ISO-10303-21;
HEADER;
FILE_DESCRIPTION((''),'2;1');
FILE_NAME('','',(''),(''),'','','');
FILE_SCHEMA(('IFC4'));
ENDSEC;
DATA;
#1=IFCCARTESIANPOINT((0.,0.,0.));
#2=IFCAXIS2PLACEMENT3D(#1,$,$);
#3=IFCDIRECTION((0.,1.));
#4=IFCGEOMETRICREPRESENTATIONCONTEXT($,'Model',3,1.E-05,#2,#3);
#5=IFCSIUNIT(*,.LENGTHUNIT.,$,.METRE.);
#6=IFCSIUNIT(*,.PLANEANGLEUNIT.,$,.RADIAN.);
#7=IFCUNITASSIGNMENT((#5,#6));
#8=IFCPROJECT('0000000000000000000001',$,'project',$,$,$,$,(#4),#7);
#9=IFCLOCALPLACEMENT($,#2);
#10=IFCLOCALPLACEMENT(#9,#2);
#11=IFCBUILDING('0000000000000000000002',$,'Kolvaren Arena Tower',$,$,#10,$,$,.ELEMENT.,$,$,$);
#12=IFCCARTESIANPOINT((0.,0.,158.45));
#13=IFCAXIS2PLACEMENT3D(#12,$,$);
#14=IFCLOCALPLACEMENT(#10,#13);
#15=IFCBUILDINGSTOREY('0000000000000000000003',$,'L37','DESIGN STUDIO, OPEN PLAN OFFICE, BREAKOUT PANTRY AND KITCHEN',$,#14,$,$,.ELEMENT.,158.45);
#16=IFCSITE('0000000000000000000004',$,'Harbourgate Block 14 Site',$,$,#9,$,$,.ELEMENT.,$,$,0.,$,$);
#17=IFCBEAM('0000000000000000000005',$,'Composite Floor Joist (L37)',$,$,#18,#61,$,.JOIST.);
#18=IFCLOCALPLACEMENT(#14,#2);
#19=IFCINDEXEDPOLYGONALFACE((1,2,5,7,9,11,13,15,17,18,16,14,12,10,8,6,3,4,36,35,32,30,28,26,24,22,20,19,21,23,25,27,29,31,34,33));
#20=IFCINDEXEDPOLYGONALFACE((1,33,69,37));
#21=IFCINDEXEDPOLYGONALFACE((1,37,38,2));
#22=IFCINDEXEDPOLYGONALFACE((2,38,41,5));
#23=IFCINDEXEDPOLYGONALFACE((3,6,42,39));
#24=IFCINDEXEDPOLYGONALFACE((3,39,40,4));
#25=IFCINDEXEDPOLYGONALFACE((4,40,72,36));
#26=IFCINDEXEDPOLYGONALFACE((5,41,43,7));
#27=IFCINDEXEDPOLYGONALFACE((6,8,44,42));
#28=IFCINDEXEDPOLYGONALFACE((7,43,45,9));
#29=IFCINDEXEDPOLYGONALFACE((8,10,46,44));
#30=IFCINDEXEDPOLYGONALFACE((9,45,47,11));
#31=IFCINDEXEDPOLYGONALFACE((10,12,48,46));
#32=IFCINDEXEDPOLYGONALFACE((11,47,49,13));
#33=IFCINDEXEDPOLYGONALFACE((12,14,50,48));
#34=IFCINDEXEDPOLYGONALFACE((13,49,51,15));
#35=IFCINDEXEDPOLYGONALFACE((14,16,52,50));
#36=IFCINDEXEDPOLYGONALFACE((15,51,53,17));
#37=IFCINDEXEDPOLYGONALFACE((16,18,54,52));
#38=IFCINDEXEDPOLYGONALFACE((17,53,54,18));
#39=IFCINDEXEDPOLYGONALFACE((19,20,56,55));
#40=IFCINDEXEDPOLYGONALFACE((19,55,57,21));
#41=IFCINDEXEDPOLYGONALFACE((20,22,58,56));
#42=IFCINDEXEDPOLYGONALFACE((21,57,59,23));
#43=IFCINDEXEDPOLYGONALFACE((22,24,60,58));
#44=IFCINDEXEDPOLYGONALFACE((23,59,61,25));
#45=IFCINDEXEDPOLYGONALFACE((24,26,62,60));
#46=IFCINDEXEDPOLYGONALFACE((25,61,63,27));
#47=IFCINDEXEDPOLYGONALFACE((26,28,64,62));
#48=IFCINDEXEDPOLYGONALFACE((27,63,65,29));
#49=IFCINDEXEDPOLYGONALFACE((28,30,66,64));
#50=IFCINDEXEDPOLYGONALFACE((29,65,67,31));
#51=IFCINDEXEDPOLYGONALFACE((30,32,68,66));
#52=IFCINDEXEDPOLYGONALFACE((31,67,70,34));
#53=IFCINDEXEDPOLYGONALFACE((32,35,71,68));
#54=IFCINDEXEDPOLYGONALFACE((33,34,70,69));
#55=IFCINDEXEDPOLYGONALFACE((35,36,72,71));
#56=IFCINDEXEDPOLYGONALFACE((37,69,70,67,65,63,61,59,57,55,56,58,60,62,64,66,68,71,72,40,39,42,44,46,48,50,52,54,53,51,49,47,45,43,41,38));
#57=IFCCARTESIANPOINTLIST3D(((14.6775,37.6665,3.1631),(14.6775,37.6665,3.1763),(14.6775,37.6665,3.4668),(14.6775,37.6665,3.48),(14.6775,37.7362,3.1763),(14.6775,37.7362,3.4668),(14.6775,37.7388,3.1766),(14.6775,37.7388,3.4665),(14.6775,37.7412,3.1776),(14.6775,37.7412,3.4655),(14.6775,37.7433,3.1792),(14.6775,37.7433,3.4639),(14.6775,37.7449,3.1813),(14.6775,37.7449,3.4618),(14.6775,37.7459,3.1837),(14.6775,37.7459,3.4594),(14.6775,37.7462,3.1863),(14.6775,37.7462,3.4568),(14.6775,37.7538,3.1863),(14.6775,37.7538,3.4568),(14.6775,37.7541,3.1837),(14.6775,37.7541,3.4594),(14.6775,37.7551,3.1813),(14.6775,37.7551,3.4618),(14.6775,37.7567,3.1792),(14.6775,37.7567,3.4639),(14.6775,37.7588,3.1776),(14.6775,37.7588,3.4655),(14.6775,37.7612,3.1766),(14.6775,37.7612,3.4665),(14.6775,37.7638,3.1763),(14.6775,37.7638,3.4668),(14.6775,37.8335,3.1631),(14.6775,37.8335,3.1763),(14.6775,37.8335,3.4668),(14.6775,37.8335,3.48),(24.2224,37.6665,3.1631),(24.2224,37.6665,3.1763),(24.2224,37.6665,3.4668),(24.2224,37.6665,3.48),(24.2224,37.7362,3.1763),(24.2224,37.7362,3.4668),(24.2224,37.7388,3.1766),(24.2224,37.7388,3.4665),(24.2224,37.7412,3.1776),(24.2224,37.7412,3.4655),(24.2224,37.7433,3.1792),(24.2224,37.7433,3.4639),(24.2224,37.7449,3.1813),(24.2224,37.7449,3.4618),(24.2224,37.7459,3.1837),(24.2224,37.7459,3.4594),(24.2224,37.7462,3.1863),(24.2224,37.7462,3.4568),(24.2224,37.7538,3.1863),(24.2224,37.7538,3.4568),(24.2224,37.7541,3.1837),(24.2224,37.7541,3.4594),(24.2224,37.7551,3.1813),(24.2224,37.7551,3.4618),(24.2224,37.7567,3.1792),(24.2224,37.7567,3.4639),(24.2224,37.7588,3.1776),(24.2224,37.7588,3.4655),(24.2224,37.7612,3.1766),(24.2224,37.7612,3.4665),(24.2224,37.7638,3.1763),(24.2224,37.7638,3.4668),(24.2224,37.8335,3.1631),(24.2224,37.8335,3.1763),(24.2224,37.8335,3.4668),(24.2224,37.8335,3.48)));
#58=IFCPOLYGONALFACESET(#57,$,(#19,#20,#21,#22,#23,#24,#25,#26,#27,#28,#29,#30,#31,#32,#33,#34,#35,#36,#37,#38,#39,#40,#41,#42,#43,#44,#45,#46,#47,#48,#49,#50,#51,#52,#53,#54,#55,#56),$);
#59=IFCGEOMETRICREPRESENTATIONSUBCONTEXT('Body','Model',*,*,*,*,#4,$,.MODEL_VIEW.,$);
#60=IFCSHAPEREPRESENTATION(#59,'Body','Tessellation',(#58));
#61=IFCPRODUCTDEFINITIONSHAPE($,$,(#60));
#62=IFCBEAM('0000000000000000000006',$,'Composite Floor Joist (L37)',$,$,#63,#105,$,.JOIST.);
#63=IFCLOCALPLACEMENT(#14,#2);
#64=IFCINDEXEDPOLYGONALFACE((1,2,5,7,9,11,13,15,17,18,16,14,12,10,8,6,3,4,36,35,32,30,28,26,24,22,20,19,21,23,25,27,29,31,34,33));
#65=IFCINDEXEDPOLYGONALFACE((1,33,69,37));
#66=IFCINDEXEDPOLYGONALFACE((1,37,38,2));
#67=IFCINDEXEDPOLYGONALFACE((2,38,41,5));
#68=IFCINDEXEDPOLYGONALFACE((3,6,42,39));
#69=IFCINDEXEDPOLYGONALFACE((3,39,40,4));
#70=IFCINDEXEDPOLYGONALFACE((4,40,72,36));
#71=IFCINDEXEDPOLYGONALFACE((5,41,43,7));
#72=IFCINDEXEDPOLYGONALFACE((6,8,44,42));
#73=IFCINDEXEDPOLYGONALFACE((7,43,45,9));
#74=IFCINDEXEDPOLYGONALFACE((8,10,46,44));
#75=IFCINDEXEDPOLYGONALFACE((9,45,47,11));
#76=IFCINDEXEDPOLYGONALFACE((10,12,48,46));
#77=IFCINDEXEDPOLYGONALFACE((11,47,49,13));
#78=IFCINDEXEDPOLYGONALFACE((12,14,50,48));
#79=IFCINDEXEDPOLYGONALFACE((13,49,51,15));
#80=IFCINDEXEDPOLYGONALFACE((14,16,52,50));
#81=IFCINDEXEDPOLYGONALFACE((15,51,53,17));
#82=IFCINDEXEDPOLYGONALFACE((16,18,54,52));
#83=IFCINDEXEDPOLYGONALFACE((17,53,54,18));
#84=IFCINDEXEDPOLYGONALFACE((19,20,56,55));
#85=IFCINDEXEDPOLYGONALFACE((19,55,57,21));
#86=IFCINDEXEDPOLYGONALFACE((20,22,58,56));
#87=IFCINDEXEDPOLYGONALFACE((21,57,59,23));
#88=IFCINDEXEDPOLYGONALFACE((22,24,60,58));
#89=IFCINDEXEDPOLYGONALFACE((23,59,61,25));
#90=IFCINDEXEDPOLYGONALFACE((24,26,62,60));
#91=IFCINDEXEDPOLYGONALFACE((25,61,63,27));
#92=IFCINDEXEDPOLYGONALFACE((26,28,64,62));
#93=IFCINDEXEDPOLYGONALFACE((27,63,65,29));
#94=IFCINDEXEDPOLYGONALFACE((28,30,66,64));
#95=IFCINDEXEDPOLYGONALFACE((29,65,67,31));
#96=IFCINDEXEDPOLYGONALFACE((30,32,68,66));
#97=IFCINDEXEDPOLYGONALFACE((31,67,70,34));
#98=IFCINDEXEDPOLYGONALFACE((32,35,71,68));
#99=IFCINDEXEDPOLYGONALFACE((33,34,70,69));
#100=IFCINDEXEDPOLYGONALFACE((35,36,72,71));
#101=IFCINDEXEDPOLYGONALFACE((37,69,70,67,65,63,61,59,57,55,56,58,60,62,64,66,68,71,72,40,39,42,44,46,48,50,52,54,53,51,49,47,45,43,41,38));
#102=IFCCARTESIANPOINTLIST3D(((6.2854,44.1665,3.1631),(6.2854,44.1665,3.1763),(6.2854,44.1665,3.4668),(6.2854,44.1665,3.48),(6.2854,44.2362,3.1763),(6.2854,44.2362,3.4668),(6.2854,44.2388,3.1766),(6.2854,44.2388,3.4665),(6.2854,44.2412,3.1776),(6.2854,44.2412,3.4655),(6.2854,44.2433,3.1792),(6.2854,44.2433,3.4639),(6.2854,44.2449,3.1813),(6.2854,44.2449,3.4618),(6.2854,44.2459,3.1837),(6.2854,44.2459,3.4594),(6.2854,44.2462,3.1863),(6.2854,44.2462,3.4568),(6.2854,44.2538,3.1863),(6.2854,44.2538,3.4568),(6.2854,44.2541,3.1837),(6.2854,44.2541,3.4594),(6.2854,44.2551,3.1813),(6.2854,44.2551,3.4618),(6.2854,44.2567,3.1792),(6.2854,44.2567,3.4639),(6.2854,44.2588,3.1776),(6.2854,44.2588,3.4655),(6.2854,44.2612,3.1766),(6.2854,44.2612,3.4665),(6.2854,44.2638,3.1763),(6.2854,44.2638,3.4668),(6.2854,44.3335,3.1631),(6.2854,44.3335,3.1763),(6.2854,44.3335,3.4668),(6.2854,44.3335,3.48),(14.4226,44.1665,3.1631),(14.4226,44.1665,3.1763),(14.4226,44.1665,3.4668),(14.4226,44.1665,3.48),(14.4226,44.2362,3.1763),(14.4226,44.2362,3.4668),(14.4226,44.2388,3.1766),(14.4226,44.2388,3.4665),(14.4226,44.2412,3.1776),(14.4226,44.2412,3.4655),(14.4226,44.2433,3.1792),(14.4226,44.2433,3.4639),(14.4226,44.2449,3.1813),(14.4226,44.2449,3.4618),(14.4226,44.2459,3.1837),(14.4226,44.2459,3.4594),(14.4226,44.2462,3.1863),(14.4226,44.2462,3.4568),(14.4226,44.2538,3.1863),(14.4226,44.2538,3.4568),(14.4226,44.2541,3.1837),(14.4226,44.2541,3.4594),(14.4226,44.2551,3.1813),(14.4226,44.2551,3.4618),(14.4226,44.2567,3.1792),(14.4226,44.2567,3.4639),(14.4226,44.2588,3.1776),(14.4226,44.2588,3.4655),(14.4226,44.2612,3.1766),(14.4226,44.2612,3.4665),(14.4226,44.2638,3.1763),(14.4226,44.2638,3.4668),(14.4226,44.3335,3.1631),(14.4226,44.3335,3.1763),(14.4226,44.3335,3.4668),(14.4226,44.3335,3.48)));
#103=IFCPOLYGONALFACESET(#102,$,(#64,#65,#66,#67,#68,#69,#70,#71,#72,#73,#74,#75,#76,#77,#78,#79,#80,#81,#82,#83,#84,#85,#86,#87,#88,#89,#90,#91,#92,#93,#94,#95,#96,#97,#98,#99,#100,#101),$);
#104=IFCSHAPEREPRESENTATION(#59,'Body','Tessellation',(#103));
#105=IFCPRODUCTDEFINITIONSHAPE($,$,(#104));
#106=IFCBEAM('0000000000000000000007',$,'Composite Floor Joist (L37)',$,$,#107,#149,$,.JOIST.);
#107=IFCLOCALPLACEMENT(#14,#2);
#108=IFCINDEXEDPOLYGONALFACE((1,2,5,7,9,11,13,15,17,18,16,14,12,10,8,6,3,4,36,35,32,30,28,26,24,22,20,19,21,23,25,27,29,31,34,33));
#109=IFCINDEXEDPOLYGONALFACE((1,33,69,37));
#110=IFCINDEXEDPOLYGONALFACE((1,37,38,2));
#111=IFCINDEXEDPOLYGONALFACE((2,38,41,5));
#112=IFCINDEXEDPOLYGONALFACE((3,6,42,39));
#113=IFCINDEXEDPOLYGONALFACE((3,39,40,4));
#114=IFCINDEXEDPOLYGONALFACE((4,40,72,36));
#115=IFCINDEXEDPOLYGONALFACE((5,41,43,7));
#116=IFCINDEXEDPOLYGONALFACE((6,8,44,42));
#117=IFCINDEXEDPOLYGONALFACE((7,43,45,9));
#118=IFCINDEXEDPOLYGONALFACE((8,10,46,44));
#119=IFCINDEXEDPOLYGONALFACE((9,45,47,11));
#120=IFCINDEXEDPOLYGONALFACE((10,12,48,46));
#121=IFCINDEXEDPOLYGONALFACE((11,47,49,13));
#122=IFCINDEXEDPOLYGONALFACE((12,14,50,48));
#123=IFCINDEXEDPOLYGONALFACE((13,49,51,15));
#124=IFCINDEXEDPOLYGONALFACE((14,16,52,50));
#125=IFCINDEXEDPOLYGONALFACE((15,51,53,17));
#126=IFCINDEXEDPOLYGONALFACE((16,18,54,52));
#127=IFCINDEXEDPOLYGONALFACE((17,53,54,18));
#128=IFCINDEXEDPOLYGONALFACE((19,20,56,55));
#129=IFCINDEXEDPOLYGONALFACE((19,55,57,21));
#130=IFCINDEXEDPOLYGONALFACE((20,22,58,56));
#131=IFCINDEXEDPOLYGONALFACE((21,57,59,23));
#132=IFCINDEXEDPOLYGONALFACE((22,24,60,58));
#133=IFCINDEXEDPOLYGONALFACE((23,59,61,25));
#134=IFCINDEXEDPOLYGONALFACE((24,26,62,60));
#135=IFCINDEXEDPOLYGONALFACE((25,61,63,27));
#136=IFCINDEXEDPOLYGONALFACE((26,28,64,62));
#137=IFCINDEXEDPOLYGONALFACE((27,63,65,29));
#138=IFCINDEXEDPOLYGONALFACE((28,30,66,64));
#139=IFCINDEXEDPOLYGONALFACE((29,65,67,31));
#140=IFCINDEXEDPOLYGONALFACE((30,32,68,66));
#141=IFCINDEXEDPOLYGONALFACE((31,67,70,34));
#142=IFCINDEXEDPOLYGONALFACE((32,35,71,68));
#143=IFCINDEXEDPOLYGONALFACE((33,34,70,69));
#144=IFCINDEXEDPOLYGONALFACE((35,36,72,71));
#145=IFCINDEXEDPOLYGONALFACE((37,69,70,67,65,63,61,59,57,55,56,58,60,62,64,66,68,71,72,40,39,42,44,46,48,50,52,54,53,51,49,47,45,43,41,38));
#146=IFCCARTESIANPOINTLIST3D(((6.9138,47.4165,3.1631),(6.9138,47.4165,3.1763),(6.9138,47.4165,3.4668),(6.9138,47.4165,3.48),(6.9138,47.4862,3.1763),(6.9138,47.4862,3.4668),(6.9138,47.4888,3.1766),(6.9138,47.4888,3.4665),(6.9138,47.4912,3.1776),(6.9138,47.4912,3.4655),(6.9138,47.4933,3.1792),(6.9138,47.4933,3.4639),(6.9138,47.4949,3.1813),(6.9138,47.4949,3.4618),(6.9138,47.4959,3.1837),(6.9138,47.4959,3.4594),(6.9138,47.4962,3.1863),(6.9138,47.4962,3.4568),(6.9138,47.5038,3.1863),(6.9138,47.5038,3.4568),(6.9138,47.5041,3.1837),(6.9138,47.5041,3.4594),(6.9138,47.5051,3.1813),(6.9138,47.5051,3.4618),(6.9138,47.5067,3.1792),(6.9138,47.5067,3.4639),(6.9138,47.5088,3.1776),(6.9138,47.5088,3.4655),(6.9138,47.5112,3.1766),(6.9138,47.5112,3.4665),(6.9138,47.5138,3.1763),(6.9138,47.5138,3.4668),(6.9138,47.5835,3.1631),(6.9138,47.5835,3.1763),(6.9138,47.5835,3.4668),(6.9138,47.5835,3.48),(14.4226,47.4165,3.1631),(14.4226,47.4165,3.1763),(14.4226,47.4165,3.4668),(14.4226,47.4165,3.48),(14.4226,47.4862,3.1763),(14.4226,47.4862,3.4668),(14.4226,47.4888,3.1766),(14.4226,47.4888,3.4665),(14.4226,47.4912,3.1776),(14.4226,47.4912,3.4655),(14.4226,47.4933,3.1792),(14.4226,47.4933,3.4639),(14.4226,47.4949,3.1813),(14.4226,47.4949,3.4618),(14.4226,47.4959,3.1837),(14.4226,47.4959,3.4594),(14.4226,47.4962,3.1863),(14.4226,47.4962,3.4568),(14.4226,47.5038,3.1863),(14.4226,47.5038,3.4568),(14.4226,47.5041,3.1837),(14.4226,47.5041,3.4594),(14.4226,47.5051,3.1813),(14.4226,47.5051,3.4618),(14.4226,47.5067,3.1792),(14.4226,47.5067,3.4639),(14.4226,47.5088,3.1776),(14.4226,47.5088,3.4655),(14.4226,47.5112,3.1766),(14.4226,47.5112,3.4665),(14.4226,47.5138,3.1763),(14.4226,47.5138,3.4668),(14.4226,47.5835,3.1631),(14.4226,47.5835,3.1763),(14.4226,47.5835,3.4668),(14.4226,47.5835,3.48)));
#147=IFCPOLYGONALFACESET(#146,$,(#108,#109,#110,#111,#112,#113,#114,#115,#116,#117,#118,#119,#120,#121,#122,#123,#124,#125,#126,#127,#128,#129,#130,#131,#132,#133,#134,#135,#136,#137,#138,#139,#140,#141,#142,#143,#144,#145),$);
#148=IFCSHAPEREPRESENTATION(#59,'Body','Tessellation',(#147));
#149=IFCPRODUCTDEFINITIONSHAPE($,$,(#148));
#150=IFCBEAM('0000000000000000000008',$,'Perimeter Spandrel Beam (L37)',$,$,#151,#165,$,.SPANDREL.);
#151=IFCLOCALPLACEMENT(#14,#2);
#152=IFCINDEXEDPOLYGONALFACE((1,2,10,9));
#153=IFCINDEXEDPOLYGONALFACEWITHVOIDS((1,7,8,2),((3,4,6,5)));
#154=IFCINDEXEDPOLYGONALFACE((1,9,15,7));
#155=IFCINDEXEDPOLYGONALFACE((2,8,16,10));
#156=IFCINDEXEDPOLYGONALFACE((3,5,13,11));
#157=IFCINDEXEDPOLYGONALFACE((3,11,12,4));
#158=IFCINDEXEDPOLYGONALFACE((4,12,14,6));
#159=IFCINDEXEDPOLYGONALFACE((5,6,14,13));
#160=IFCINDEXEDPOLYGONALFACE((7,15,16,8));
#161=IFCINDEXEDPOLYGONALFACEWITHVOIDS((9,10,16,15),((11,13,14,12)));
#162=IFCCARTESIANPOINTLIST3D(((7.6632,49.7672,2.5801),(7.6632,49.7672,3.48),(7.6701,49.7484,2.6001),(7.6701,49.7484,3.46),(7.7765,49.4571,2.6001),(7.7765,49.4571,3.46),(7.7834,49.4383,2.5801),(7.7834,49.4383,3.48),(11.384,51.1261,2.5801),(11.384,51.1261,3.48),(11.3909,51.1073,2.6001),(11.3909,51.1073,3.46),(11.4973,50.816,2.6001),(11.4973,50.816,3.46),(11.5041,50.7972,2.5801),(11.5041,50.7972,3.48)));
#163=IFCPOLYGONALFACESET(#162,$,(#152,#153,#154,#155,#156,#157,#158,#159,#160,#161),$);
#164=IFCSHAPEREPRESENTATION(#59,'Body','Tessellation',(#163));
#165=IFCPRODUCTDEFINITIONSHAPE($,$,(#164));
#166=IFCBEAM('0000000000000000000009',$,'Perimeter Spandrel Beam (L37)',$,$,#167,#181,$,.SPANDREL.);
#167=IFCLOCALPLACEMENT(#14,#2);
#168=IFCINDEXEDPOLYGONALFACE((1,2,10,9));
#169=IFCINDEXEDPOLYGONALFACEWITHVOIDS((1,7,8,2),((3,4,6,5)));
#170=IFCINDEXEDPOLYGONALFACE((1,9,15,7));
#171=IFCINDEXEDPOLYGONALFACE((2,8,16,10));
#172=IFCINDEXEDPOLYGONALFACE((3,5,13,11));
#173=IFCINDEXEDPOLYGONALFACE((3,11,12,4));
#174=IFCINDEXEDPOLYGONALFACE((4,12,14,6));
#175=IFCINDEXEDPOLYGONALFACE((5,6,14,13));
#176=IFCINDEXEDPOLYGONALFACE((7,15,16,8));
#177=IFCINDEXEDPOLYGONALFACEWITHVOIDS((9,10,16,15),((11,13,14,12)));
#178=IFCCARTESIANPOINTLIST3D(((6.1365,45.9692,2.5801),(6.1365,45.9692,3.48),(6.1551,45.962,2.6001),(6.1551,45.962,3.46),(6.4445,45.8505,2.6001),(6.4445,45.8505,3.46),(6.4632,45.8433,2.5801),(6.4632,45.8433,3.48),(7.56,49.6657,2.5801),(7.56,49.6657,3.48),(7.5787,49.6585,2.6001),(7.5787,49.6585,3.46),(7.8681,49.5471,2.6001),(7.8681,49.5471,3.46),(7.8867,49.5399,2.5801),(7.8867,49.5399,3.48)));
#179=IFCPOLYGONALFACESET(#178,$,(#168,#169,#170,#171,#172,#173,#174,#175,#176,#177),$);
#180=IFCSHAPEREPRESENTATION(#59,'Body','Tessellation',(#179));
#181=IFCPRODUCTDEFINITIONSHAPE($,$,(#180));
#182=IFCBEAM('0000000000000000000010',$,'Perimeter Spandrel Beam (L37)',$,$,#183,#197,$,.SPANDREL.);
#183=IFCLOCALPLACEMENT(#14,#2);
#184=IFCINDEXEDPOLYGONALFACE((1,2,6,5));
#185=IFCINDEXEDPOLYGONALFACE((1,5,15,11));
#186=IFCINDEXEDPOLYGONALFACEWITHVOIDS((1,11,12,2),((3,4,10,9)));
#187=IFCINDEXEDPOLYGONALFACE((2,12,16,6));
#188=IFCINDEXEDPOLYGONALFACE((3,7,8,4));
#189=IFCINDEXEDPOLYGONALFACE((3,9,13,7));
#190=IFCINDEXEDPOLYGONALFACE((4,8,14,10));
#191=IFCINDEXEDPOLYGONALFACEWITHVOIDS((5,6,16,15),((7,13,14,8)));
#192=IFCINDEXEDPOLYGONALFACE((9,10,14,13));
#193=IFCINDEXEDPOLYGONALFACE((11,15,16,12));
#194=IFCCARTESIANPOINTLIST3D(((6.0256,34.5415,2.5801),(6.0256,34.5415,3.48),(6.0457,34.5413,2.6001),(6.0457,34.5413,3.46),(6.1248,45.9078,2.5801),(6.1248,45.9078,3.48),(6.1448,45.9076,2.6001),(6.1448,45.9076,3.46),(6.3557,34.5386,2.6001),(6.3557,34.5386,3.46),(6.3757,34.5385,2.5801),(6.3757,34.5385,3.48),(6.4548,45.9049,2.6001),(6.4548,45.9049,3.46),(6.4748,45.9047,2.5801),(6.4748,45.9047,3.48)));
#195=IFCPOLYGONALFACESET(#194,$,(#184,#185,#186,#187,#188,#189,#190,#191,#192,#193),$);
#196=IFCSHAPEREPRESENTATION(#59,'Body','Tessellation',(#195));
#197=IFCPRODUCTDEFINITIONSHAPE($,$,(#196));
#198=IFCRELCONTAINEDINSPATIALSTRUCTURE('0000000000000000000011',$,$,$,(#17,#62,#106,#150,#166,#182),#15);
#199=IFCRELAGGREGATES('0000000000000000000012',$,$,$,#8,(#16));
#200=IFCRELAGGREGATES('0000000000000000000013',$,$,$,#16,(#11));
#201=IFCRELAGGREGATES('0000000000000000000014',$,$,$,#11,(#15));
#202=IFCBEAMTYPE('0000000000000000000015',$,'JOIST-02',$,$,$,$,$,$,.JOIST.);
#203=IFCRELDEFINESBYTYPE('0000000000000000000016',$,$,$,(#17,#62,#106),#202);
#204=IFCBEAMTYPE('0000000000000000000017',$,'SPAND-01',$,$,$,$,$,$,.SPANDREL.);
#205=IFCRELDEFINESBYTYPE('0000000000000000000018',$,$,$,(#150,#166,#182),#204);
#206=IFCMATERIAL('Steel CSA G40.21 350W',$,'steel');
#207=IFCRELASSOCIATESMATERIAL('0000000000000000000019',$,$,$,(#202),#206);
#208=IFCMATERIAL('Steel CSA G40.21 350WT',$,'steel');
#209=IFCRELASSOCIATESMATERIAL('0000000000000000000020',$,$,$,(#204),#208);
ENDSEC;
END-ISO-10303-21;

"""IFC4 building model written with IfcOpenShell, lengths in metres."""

from ifc_helpers import new_model, si_unit, direction, frame, origin, origin_2d, place, context, subcontext, project, spatial, hollow_rectangle, i_section, extrude, material, material_profile, profile_set, type_object, element, save


model = new_model("IFC4")

# Units and contexts
model_context = context("Model", 3, precision=1e-05, world=origin(), true_north=direction((0.0, 1.0)))
body_context = subcontext(model_context, "Body", "Model", "MODEL_VIEW")
ifc_project = project(units=[si_unit("LENGTHUNIT", "METRE"), si_unit("PLANEANGLEUNIT", "RADIAN")], contexts=[model_context])

# Site, building, storey
site_placement = place(None, origin())
site = spatial("IfcSite", under=ifc_project, at=site_placement, Name="Harbourgate Block 14 Site", CompositionType="ELEMENT", RefElevation=0.0)
building_placement = place(site_placement, origin())
building = spatial("IfcBuilding", under=site, at=building_placement, Name="Kolvaren Arena Tower", CompositionType="ELEMENT")
storey_placement = place(building_placement, frame((0.0, 0.0, 158.45)))
storey = spatial("IfcBuildingStorey", under=building, at=storey_placement, Name="L37", Description="DESIGN STUDIO, OPEN PLAN OFFICE, BREAKOUT PANTRY AND KITCHEN", CompositionType="ELEMENT", Elevation=158.45)

# Beams
ifc_material_1 = material(Name="Steel CSA G40.21 350W", Category="steel")
ifc_material_profile_1 = material_profile(ifc_material_1, i_section(OverallWidth=0.167, OverallDepth=0.3169, WebThickness=0.0076, FlangeThickness=0.0132, FilletRadius=0.01, at=origin_2d()), Name="W310x52")
ifc_profile_set_1 = profile_set([ifc_material_profile_1], Name="Steel CSA G40.21 350W")
beam_type_1 = type_object("IfcBeamType", Name="JOIST-02", PredefinedType="JOIST", material=ifc_profile_set_1)
beam_1_placement = place(storey_placement, frame((14.6775, 37.75, 3.3215), z_axis=(1.0, 0.0, 0.0), x_axis=(0.0, 1.0, 0.0)))
element("IfcBeam", 1, at=beam_1_placement, inside=storey, type_object=beam_type_1, Name="Composite Floor Joist (L37)", PredefinedType="JOIST", context=body_context, shape_type="SweptSolid", body=[
    extrude(i_section(OverallWidth=0.167, OverallDepth=0.3169, WebThickness=0.0076, FlangeThickness=0.0132, FilletRadius=0.01, at=origin_2d()), origin(), (0.0, 0.0, 1.0), 9.5449),
])
beam_2_placement = place(storey_placement, frame((6.2854, 44.25, 3.3215), z_axis=(1.0, 0.0, 0.0), x_axis=(0.0, 1.0, 0.0)))
element("IfcBeam", 2, at=beam_2_placement, inside=storey, type_object=beam_type_1, Name="Composite Floor Joist (L37)", PredefinedType="JOIST", context=body_context, shape_type="SweptSolid", body=[
    extrude(i_section(OverallWidth=0.167, OverallDepth=0.3169, WebThickness=0.0076, FlangeThickness=0.0132, FilletRadius=0.01, at=origin_2d()), origin(), (0.0, 0.0, 1.0), 8.1372),
])
beam_3_placement = place(storey_placement, frame((6.9138, 47.5, 3.3215), z_axis=(1.0, 0.0, 0.0), x_axis=(0.0, 1.0, 0.0)))
element("IfcBeam", 3, at=beam_3_placement, inside=storey, type_object=beam_type_1, Name="Composite Floor Joist (L37)", PredefinedType="JOIST", context=body_context, shape_type="SweptSolid", body=[
    extrude(i_section(OverallWidth=0.167, OverallDepth=0.3169, WebThickness=0.0076, FlangeThickness=0.0132, FilletRadius=0.01, at=origin_2d()), origin(), (0.0, 0.0, 1.0), 7.5088),
])
ifc_material_2 = material(Name="Steel CSA G40.21 350WT", Category="steel")
ifc_material_profile_2 = material_profile(ifc_material_2, hollow_rectangle(XDim=0.3501, YDim=0.8999, WallThickness=0.02, at=origin_2d()), Name="HSS 900x350x20")
ifc_profile_set_2 = profile_set([ifc_material_profile_2], Name="Steel CSA G40.21 350WT")
beam_type_2 = type_object("IfcBeamType", Name="SPAND-01", PredefinedType="SPANDREL", material=ifc_profile_set_2)
for number, where, z_axis, x_axis, name in (
    (4, (11.4441, 50.9617, 3.03), (-0.939314, -0.343059, 0.0), (0.343059, -0.939314, 0.0), "Perimeter Spandrel Beam (L37)"),
    (5, (7.7234, 49.6028, 3.03), (-0.359384, -0.93319, 0.0), (0.93319, -0.359384, 0.0), "Perimeter Spandrel Beam (L37)"),
):
    element("IfcBeam", number, at=place(storey_placement, frame(where, z_axis=z_axis, x_axis=x_axis)), inside=storey, type_object=beam_type_2, Name=name, PredefinedType="SPANDREL", context=body_context, shape_type="SweptSolid", body=[
        extrude(hollow_rectangle(XDim=0.3501, YDim=0.8999, WallThickness=0.02, at=origin_2d()), origin(), (0.0, 0.0, 1.0), 3.9612),
    ])
for number, where, z_axis, x_axis, name in (
    (6, (6.2998, 45.9062, 3.03), (-0.00872, -0.999962, 0.0), (0.999962, -0.00872, 0.0), "Perimeter Spandrel Beam (L37)"),
):
    element("IfcBeam", number, at=place(storey_placement, frame(where, z_axis=z_axis, x_axis=x_axis)), inside=storey, type_object=beam_type_2, Name=name, PredefinedType="SPANDREL", context=body_context, shape_type="SweptSolid", body=[
        extrude(hollow_rectangle(XDim=0.3501, YDim=0.8999, WallThickness=0.02, at=origin_2d()), origin(), (0.0, 0.0, 1.0), 11.3667),
    ])

save(model, "model.ifc")
